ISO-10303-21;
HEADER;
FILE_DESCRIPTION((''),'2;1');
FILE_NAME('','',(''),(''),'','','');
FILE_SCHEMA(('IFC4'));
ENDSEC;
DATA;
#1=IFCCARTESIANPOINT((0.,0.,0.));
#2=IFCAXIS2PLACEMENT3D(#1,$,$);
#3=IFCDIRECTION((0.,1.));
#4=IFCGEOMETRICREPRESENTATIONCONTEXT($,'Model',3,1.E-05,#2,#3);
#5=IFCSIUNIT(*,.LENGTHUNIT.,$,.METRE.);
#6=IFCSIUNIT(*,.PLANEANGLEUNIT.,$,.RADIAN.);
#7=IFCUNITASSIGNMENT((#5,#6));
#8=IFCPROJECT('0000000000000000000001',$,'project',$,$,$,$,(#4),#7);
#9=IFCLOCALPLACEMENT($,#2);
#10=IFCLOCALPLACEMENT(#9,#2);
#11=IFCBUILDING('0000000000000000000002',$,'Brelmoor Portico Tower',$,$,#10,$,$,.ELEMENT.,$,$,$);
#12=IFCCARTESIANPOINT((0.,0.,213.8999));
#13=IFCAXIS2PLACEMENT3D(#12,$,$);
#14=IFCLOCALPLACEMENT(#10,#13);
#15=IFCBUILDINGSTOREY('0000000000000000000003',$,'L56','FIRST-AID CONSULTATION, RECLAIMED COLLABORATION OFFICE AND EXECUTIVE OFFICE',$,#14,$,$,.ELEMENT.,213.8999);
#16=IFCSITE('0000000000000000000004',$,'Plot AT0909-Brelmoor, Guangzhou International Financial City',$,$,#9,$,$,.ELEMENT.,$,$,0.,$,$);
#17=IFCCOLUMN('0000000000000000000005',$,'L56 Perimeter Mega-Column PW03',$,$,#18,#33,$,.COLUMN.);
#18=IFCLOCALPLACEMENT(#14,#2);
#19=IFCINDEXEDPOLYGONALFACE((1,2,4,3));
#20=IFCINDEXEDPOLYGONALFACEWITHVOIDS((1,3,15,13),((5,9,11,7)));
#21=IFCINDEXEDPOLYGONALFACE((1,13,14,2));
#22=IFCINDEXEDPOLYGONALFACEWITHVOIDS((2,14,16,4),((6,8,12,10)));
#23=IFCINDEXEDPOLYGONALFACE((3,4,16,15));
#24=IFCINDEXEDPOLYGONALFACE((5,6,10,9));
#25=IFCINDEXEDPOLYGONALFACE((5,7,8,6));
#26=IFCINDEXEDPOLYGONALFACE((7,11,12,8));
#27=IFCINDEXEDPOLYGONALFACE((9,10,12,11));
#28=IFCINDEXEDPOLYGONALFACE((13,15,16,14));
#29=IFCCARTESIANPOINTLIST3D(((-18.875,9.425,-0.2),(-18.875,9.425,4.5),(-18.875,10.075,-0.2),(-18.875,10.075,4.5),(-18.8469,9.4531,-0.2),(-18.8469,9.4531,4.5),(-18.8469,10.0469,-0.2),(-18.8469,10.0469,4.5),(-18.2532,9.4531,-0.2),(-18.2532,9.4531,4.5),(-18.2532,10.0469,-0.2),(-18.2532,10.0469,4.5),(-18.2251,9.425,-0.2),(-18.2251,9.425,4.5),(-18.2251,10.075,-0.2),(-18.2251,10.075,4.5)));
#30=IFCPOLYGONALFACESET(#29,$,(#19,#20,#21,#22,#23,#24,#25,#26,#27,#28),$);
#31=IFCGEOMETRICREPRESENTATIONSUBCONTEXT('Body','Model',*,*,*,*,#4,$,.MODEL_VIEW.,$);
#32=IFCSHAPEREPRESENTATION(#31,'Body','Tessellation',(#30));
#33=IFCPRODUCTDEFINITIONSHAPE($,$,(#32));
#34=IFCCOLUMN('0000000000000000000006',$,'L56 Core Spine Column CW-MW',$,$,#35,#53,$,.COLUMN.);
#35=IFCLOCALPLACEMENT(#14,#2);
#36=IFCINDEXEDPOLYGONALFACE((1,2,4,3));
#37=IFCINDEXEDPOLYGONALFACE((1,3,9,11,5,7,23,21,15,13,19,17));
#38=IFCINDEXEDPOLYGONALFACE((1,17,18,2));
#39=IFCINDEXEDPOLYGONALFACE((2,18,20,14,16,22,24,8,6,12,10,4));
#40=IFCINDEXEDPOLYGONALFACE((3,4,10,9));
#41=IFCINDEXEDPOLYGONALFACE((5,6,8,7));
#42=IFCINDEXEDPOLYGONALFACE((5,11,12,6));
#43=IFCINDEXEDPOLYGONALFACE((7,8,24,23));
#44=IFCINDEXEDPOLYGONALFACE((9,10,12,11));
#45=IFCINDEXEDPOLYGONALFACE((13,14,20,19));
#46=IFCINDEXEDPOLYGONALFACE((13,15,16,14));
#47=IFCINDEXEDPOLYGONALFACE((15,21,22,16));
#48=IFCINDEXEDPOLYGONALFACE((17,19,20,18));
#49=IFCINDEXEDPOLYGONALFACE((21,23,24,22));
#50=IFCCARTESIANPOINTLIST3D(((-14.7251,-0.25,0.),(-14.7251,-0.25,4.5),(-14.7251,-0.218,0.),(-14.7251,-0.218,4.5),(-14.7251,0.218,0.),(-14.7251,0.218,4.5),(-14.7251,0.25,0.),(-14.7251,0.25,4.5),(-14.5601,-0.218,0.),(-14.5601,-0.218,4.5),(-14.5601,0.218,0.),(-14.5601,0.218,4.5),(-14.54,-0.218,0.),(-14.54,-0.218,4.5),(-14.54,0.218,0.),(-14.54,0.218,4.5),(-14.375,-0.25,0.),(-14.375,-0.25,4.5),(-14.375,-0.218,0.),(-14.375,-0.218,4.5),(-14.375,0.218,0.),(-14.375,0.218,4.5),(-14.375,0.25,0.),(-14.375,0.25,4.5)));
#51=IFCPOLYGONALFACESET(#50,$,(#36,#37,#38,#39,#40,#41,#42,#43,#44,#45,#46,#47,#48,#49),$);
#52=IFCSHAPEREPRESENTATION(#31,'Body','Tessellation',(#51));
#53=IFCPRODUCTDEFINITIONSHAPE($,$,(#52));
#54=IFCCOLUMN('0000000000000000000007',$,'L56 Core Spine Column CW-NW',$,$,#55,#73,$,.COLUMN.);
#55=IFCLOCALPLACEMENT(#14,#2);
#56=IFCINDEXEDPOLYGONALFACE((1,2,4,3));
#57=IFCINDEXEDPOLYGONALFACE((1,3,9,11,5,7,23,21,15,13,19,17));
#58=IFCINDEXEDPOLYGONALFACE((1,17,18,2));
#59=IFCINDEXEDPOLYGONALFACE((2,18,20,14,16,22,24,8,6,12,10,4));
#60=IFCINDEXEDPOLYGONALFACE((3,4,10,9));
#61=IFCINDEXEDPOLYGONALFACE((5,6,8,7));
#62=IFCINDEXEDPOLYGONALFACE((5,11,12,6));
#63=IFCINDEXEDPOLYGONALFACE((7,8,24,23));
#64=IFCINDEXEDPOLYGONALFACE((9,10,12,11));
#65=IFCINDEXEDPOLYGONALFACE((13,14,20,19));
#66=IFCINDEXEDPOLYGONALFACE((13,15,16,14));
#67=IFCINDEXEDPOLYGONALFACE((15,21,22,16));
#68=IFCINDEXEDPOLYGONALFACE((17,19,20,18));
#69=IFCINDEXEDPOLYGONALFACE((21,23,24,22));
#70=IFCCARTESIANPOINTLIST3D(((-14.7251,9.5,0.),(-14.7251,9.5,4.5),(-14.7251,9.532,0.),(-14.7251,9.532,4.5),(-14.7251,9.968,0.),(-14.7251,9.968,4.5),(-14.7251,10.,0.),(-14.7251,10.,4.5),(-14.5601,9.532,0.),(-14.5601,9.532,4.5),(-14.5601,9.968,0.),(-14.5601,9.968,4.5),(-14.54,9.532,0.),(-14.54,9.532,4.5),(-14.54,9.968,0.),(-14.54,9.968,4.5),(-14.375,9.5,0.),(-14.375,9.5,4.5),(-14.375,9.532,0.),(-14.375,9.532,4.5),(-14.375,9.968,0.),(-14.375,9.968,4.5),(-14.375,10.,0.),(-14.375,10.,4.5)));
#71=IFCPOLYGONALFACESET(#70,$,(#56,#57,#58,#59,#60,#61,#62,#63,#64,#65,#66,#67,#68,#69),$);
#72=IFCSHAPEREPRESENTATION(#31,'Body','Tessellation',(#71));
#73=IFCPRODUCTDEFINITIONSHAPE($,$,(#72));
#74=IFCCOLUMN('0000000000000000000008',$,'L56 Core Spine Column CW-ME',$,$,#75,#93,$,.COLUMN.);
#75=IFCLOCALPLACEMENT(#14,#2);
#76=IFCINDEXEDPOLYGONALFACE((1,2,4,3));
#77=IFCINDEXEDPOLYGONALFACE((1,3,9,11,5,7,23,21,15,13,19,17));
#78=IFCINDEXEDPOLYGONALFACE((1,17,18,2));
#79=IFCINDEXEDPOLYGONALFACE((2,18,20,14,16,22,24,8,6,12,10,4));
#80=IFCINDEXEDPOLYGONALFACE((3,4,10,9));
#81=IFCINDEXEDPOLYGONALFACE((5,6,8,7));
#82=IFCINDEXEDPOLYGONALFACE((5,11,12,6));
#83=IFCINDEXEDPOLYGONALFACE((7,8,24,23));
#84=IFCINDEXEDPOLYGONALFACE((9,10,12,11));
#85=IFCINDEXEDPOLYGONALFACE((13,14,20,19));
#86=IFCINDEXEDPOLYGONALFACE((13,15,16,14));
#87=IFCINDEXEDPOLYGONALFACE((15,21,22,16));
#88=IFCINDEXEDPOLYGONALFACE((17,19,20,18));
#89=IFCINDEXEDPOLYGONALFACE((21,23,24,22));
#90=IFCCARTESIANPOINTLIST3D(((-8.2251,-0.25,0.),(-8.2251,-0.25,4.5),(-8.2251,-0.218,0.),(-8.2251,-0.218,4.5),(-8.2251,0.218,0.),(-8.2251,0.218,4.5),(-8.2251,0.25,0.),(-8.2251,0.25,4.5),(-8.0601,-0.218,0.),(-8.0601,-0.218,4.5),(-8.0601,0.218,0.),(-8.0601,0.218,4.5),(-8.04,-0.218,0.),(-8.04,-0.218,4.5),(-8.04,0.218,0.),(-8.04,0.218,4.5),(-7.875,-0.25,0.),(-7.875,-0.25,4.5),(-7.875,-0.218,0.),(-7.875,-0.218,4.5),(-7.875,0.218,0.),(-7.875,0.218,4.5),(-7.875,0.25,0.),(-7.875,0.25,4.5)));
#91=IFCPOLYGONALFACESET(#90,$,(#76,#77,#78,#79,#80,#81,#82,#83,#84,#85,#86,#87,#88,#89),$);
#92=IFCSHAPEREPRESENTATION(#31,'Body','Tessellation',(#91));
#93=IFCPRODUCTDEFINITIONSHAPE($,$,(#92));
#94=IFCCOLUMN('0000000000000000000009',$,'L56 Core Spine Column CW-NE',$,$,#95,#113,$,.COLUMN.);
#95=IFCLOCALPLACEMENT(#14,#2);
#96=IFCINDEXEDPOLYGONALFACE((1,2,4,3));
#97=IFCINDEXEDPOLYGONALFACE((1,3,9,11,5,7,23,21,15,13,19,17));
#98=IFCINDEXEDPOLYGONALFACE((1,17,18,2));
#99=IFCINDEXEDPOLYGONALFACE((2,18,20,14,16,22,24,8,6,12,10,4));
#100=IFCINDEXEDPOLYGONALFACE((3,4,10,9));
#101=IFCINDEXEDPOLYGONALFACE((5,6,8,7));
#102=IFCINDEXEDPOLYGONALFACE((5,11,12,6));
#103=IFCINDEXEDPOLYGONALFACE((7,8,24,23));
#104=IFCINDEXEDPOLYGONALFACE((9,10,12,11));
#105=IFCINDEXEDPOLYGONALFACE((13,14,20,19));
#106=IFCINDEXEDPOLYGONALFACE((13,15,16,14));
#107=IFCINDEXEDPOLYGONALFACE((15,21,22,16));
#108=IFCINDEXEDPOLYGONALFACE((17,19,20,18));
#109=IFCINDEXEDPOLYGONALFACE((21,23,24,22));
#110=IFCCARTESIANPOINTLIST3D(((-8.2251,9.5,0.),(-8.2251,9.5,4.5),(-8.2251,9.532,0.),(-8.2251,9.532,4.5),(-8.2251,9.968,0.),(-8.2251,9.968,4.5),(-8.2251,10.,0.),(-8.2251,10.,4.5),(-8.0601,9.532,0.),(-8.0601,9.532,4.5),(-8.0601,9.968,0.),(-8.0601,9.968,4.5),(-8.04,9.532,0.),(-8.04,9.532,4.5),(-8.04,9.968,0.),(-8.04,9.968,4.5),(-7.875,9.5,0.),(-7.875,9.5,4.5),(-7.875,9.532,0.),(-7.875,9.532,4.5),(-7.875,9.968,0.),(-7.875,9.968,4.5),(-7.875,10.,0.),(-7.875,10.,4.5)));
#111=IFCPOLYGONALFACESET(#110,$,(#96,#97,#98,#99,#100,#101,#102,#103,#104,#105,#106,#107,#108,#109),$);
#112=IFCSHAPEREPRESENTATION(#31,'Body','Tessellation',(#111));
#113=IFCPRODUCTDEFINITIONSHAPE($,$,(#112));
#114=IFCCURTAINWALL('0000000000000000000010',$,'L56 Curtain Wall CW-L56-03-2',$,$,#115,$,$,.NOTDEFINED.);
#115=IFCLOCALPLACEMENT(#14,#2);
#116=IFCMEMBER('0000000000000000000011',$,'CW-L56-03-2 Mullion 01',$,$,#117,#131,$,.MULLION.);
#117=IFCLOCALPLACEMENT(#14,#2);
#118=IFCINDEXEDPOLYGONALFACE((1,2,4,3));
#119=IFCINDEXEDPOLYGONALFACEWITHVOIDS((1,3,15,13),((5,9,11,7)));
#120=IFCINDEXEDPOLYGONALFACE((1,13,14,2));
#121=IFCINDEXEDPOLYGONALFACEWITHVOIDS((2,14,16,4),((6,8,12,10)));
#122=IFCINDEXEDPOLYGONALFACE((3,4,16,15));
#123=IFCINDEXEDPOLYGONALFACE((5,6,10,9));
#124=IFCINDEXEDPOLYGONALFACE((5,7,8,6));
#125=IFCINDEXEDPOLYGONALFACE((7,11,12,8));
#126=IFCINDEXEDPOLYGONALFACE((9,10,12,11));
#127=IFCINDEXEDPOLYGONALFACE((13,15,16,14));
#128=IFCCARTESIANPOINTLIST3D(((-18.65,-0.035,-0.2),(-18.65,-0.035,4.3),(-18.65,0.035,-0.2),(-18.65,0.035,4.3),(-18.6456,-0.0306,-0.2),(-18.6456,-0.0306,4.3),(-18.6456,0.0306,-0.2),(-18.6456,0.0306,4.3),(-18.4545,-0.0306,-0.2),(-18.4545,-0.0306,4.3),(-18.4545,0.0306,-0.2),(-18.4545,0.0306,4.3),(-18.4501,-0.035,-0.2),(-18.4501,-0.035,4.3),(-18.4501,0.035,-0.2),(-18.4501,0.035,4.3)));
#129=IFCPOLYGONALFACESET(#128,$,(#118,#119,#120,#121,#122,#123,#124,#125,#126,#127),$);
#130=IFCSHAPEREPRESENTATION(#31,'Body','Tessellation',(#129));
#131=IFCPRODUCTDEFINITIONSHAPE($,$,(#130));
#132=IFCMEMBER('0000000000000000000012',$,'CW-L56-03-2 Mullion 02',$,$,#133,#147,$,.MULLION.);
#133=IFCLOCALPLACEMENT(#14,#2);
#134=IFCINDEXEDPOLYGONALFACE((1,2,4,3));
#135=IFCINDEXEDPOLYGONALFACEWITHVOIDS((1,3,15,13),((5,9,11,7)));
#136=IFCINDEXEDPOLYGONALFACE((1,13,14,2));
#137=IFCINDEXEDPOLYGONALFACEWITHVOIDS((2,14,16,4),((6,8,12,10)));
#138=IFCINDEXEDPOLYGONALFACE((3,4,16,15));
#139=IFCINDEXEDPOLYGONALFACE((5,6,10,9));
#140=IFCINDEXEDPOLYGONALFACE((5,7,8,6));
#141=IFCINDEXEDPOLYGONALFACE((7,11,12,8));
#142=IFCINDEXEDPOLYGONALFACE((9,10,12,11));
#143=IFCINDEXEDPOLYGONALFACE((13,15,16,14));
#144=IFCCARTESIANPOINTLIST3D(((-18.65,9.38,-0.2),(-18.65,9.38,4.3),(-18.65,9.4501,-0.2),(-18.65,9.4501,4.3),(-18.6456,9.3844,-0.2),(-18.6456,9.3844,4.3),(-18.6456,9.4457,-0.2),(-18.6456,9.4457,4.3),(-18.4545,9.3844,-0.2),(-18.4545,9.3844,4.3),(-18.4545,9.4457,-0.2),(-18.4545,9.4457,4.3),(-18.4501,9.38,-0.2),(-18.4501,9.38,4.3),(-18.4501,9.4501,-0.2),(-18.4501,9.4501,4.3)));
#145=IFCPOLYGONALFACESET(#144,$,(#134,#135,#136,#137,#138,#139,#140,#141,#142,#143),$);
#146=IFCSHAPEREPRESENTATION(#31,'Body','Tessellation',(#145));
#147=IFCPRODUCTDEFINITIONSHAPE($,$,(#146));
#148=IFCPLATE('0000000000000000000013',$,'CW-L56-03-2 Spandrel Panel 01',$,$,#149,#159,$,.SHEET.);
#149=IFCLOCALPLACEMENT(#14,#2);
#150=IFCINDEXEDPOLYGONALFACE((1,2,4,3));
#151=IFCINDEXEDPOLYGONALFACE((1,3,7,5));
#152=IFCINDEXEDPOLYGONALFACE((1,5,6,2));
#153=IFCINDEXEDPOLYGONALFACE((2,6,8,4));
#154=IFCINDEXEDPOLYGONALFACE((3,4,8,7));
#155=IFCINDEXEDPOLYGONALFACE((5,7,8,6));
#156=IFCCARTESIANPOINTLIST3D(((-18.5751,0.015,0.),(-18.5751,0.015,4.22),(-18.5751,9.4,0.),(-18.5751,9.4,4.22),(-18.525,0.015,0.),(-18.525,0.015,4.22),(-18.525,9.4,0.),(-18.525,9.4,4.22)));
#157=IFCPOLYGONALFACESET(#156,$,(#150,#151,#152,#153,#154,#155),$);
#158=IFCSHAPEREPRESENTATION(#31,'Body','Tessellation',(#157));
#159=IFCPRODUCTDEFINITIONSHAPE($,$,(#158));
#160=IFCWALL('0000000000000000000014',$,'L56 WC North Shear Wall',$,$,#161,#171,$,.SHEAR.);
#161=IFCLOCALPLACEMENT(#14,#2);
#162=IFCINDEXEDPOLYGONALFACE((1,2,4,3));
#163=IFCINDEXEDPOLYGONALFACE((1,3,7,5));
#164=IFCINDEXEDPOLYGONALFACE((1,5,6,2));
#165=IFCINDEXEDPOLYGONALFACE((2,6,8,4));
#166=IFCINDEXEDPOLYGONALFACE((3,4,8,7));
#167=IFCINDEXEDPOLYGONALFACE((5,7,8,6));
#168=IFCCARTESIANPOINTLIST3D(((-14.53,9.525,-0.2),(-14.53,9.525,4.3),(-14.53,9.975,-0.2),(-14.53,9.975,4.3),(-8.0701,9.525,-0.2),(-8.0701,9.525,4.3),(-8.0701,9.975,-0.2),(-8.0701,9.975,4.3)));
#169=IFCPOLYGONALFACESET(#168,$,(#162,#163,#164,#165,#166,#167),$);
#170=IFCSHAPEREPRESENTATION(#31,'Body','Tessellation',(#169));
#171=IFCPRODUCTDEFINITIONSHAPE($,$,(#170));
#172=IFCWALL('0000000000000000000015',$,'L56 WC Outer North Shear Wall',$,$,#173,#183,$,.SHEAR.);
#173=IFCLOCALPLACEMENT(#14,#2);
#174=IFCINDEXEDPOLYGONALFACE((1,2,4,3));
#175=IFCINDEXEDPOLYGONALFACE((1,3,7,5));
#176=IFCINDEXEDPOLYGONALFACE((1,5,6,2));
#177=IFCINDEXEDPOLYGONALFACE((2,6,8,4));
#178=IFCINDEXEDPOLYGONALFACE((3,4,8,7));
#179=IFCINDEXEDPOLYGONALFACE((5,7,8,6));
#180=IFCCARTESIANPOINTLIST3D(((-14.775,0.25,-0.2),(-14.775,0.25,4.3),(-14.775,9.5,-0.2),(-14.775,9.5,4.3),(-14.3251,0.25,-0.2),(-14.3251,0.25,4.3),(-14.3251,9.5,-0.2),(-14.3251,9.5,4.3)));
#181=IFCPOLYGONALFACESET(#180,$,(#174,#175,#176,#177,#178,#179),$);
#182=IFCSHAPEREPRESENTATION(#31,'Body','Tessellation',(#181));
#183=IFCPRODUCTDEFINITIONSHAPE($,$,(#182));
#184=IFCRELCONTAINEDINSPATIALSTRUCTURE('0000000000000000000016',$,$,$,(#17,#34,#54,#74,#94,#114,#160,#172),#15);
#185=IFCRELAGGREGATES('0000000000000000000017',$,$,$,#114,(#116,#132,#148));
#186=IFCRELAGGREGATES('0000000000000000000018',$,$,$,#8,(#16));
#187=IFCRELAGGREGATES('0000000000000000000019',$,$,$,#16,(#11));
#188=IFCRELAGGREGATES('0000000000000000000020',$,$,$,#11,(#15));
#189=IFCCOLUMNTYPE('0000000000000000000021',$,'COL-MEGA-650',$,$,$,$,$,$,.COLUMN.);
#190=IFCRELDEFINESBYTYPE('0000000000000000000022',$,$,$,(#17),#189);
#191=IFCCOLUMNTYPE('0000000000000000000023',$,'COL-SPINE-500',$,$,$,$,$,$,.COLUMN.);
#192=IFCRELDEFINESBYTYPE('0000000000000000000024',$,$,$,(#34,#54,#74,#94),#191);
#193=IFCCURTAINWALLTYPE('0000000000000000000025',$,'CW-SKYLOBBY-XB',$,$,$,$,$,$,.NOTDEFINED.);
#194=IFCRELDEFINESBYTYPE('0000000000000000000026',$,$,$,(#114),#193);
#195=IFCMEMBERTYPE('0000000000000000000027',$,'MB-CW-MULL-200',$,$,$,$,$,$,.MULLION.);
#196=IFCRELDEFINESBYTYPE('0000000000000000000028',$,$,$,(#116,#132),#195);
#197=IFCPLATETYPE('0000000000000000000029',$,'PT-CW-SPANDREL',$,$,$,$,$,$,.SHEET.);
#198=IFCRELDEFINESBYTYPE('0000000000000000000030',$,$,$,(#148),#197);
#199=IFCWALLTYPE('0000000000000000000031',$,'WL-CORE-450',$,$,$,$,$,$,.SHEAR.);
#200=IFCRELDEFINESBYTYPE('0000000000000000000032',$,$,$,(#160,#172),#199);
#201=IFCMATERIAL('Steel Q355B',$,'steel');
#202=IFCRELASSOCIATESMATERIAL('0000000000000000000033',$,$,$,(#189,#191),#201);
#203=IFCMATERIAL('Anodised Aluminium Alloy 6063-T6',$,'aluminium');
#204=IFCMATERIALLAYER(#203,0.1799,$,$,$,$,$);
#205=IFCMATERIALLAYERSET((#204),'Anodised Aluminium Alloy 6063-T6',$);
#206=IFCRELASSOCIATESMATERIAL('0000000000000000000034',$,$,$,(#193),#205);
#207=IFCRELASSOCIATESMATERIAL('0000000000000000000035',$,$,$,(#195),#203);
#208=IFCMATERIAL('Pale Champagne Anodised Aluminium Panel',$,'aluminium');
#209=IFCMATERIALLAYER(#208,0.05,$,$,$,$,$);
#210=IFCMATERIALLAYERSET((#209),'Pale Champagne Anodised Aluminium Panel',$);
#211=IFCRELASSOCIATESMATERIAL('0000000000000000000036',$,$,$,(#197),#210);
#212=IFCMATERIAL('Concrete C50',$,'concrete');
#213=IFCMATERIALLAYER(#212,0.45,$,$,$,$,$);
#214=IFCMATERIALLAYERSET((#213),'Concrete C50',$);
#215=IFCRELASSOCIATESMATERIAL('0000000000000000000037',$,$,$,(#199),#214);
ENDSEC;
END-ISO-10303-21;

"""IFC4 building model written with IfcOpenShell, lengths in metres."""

from ifc_helpers import new_model, si_unit, direction, frame, frame_2d, origin, origin_2d, place, context, subcontext, project, spatial, rectangle, hollow_rectangle, i_section, extrude, material, layer, layer_set, material_profile, profile_set, type_object, element, aggregate, save


model = new_model("IFC4")

# Units and contexts
model_context = context("Model", 3, precision=1e-05, world=origin(), true_north=direction((0.0, 1.0)))
body_context = subcontext(model_context, "Body", "Model", "MODEL_VIEW")
ifc_project = project(units=[si_unit("LENGTHUNIT", "METRE"), si_unit("PLANEANGLEUNIT", "RADIAN")], contexts=[model_context])

# Site, building, storey
site_placement = place(None, origin())
site = spatial("IfcSite", under=ifc_project, at=site_placement, Name="Plot AT0909-Brelmoor, Guangzhou International Financial City", CompositionType="ELEMENT", RefElevation=0.0)
building_placement = place(site_placement, origin())
building = spatial("IfcBuilding", under=site, at=building_placement, Name="Brelmoor Portico Tower", CompositionType="ELEMENT")
storey_placement = place(building_placement, frame((0.0, 0.0, 213.8999)))
storey = spatial("IfcBuildingStorey", under=building, at=storey_placement, Name="L56", Description="FIRST-AID CONSULTATION, RECLAIMED COLLABORATION OFFICE AND EXECUTIVE OFFICE", CompositionType="ELEMENT", Elevation=213.8999)

# Columns
ifc_material_1 = material(Name="Steel Q355B", Category="steel")
ifc_material_profile_1 = material_profile(ifc_material_1, hollow_rectangle(XDim=0.6499, YDim=0.6499, WallThickness=0.0281, at=origin_2d()), Name="BOX 650x650x28")
ifc_profile_set_1 = profile_set([ifc_material_profile_1], Name="Steel Q355B")
column_type_1 = type_object("IfcColumnType", Name="COL-MEGA-650", PredefinedType="COLUMN", material=ifc_profile_set_1)
column_placement = place(storey_placement, frame((-18.55, 9.75, -0.2), z_axis=(0.0, 0.0, 1.0), x_axis=(0.0, 1.0, 0.0)))
element("IfcColumn", 1, at=column_placement, inside=storey, type_object=column_type_1, Name="L56 Perimeter Mega-Column PW03", PredefinedType="COLUMN", context=body_context, shape_type="SweptSolid", body=[
    extrude(hollow_rectangle(XDim=0.6499, YDim=0.6499, WallThickness=0.0281, at=origin_2d()), origin(), (0.0, 0.0, 1.0), 4.7),
])
ifc_material_profile_2 = material_profile(ifc_material_1, i_section(OverallWidth=0.3501, OverallDepth=0.5, WebThickness=0.02, FlangeThickness=0.032, at=origin_2d()), Name="HW 500x350x20x32")
ifc_profile_set_2 = profile_set([ifc_material_profile_2], Name="Steel Q355B")
column_type_2 = type_object("IfcColumnType", Name="COL-SPINE-500", PredefinedType="COLUMN", material=ifc_profile_set_2)
for number, where, z_axis, x_axis, name in (
    (2, (-14.55, 0.0, 0.0), (0.0, 0.0, 1.0), (1.0, 0.0, 0.0), "L56 Core Spine Column CW-MW"),
    (3, (-14.55, 9.75, 0.0), (0.0, 0.0, 1.0), (1.0, 0.0, 0.0), "L56 Core Spine Column CW-NW"),
    (4, (-8.05, 0.0, 0.0), (0.0, 0.0, 1.0), (1.0, 0.0, 0.0), "L56 Core Spine Column CW-ME"),
    (5, (-8.05, 9.75, 0.0), (0.0, 0.0, 1.0), (1.0, 0.0, 0.0), "L56 Core Spine Column CW-NE"),
):
    element("IfcColumn", number, at=place(storey_placement, frame(where, z_axis=z_axis, x_axis=x_axis)), inside=storey, type_object=column_type_2, Name=name, PredefinedType="COLUMN", context=body_context, shape_type="SweptSolid", body=[
        extrude(i_section(OverallWidth=0.3501, OverallDepth=0.5, WebThickness=0.02, FlangeThickness=0.032, at=origin_2d()), origin(), (0.0, 0.0, 1.0), 4.5),
    ])

# Curtain wall, members, plate
ifc_material_2 = material(Name="Anodised Aluminium Alloy 6063-T6", Category="aluminium")
ifc_layer_1 = layer(ifc_material_2, 0.1799)
ifc_layer_set_1 = layer_set([ifc_layer_1], Name="Anodised Aluminium Alloy 6063-T6")
curtain_wall_type = type_object("IfcCurtainWallType", Name="CW-SKYLOBBY-XB", PredefinedType="NOTDEFINED", material=ifc_layer_set_1)
curtain_wall_placement = place(storey_placement, origin())
curtain_wall = element("IfcCurtainWall", 6, at=curtain_wall_placement, inside=storey, type_object=curtain_wall_type, Name="L56 Curtain Wall CW-L56-03-2", PredefinedType="NOTDEFINED")
ifc_material_profile_3 = material_profile(ifc_material_2, hollow_rectangle(XDim=0.0701, YDim=0.2, WallThickness=0.0044, at=origin_2d()), Name="ALU MULLION 70x200")
ifc_profile_set_3 = profile_set([ifc_material_profile_3], Name="Anodised Aluminium Alloy 6063-T6")
member_type = type_object("IfcMemberType", Name="MB-CW-MULL-200", PredefinedType="MULLION", material=ifc_profile_set_3)
member_1_placement = place(storey_placement, frame((-18.55, 0.0, -0.2), z_axis=(0.0, 0.0, 1.0), x_axis=(0.0, 1.0, 0.0)))
member_1 = element("IfcMember", 7, at=member_1_placement, type_object=member_type, Name="CW-L56-03-2 Mullion 01", PredefinedType="MULLION", context=body_context, shape_type="SweptSolid", body=[
    extrude(hollow_rectangle(XDim=0.0701, YDim=0.2, WallThickness=0.0044, at=origin_2d()), origin(), (0.0, 0.0, 1.0), 4.5),
])
member_2_placement = place(storey_placement, frame((-18.55, 9.415, -0.2), z_axis=(0.0, 0.0, 1.0), x_axis=(0.0, 1.0, 0.0)))
member_2 = element("IfcMember", 8, at=member_2_placement, type_object=member_type, Name="CW-L56-03-2 Mullion 02", PredefinedType="MULLION", context=body_context, shape_type="SweptSolid", body=[
    extrude(hollow_rectangle(XDim=0.0701, YDim=0.2, WallThickness=0.0044, at=origin_2d()), origin(), (0.0, 0.0, 1.0), 4.5),
])
ifc_material_3 = material(Name="Pale Champagne Anodised Aluminium Panel", Category="aluminium")
ifc_layer_2 = layer(ifc_material_3, 0.05)
ifc_layer_set_2 = layer_set([ifc_layer_2], Name="Pale Champagne Anodised Aluminium Panel")
plate_type = type_object("IfcPlateType", Name="PT-CW-SPANDREL", PredefinedType="SHEET", material=ifc_layer_set_2)
plate_placement = place(storey_placement, frame((-18.55, 4.7075, 0.0), z_axis=(0.0, 0.0, 1.0), x_axis=(0.0, 1.0, 0.0)))
plate = element("IfcPlate", 9, at=plate_placement, type_object=plate_type, Name="CW-L56-03-2 Spandrel Panel 01", PredefinedType="SHEET", context=body_context, shape_type="SweptSolid", body=[
    extrude(rectangle(XDim=9.385, YDim=0.05, at=origin_2d()), origin(), (0.0, 0.0, 1.0), 4.22),
])
aggregate(curtain_wall, [member_1, member_2, plate])

# Walls
ifc_material_4 = material(Name="Concrete C50", Category="concrete")
ifc_layer_3 = layer(ifc_material_4, 0.45)
ifc_layer_set_3 = layer_set([ifc_layer_3], Name="Concrete C50")
wall_type_1 = type_object("IfcWallType", Name="WL-CORE-450", PredefinedType="SHEAR", material=ifc_layer_set_3)
wall_1_placement = place(storey_placement, frame((-14.53, 9.75, -0.2), z_axis=(0.0, 0.0, 1.0), x_axis=(1.0, 0.0, 0.0)))
element("IfcWall", 10, at=wall_1_placement, inside=storey, type_object=wall_type_1, Name="L56 WC North Shear Wall", PredefinedType="SHEAR", context=body_context, shape_type="SweptSolid", body=[
    extrude(rectangle(XDim=6.46, YDim=0.45, at=frame_2d((3.23, 0.0))), origin(), (0.0, 0.0, 1.0), 4.5),
])
wall_2_placement = place(storey_placement, frame((-14.55, 0.25, -0.2), z_axis=(0.0, 0.0, 1.0), x_axis=(0.0, 1.0, 0.0)))
element("IfcWall", 11, at=wall_2_placement, inside=storey, type_object=wall_type_1, Name="L56 WC Outer North Shear Wall", PredefinedType="SHEAR", context=body_context, shape_type="SweptSolid", body=[
    extrude(rectangle(XDim=9.25, YDim=0.45, at=frame_2d((4.625, 0.0))), origin(), (0.0, 0.0, 1.0), 4.5),
])

save(model, "model.ifc")
